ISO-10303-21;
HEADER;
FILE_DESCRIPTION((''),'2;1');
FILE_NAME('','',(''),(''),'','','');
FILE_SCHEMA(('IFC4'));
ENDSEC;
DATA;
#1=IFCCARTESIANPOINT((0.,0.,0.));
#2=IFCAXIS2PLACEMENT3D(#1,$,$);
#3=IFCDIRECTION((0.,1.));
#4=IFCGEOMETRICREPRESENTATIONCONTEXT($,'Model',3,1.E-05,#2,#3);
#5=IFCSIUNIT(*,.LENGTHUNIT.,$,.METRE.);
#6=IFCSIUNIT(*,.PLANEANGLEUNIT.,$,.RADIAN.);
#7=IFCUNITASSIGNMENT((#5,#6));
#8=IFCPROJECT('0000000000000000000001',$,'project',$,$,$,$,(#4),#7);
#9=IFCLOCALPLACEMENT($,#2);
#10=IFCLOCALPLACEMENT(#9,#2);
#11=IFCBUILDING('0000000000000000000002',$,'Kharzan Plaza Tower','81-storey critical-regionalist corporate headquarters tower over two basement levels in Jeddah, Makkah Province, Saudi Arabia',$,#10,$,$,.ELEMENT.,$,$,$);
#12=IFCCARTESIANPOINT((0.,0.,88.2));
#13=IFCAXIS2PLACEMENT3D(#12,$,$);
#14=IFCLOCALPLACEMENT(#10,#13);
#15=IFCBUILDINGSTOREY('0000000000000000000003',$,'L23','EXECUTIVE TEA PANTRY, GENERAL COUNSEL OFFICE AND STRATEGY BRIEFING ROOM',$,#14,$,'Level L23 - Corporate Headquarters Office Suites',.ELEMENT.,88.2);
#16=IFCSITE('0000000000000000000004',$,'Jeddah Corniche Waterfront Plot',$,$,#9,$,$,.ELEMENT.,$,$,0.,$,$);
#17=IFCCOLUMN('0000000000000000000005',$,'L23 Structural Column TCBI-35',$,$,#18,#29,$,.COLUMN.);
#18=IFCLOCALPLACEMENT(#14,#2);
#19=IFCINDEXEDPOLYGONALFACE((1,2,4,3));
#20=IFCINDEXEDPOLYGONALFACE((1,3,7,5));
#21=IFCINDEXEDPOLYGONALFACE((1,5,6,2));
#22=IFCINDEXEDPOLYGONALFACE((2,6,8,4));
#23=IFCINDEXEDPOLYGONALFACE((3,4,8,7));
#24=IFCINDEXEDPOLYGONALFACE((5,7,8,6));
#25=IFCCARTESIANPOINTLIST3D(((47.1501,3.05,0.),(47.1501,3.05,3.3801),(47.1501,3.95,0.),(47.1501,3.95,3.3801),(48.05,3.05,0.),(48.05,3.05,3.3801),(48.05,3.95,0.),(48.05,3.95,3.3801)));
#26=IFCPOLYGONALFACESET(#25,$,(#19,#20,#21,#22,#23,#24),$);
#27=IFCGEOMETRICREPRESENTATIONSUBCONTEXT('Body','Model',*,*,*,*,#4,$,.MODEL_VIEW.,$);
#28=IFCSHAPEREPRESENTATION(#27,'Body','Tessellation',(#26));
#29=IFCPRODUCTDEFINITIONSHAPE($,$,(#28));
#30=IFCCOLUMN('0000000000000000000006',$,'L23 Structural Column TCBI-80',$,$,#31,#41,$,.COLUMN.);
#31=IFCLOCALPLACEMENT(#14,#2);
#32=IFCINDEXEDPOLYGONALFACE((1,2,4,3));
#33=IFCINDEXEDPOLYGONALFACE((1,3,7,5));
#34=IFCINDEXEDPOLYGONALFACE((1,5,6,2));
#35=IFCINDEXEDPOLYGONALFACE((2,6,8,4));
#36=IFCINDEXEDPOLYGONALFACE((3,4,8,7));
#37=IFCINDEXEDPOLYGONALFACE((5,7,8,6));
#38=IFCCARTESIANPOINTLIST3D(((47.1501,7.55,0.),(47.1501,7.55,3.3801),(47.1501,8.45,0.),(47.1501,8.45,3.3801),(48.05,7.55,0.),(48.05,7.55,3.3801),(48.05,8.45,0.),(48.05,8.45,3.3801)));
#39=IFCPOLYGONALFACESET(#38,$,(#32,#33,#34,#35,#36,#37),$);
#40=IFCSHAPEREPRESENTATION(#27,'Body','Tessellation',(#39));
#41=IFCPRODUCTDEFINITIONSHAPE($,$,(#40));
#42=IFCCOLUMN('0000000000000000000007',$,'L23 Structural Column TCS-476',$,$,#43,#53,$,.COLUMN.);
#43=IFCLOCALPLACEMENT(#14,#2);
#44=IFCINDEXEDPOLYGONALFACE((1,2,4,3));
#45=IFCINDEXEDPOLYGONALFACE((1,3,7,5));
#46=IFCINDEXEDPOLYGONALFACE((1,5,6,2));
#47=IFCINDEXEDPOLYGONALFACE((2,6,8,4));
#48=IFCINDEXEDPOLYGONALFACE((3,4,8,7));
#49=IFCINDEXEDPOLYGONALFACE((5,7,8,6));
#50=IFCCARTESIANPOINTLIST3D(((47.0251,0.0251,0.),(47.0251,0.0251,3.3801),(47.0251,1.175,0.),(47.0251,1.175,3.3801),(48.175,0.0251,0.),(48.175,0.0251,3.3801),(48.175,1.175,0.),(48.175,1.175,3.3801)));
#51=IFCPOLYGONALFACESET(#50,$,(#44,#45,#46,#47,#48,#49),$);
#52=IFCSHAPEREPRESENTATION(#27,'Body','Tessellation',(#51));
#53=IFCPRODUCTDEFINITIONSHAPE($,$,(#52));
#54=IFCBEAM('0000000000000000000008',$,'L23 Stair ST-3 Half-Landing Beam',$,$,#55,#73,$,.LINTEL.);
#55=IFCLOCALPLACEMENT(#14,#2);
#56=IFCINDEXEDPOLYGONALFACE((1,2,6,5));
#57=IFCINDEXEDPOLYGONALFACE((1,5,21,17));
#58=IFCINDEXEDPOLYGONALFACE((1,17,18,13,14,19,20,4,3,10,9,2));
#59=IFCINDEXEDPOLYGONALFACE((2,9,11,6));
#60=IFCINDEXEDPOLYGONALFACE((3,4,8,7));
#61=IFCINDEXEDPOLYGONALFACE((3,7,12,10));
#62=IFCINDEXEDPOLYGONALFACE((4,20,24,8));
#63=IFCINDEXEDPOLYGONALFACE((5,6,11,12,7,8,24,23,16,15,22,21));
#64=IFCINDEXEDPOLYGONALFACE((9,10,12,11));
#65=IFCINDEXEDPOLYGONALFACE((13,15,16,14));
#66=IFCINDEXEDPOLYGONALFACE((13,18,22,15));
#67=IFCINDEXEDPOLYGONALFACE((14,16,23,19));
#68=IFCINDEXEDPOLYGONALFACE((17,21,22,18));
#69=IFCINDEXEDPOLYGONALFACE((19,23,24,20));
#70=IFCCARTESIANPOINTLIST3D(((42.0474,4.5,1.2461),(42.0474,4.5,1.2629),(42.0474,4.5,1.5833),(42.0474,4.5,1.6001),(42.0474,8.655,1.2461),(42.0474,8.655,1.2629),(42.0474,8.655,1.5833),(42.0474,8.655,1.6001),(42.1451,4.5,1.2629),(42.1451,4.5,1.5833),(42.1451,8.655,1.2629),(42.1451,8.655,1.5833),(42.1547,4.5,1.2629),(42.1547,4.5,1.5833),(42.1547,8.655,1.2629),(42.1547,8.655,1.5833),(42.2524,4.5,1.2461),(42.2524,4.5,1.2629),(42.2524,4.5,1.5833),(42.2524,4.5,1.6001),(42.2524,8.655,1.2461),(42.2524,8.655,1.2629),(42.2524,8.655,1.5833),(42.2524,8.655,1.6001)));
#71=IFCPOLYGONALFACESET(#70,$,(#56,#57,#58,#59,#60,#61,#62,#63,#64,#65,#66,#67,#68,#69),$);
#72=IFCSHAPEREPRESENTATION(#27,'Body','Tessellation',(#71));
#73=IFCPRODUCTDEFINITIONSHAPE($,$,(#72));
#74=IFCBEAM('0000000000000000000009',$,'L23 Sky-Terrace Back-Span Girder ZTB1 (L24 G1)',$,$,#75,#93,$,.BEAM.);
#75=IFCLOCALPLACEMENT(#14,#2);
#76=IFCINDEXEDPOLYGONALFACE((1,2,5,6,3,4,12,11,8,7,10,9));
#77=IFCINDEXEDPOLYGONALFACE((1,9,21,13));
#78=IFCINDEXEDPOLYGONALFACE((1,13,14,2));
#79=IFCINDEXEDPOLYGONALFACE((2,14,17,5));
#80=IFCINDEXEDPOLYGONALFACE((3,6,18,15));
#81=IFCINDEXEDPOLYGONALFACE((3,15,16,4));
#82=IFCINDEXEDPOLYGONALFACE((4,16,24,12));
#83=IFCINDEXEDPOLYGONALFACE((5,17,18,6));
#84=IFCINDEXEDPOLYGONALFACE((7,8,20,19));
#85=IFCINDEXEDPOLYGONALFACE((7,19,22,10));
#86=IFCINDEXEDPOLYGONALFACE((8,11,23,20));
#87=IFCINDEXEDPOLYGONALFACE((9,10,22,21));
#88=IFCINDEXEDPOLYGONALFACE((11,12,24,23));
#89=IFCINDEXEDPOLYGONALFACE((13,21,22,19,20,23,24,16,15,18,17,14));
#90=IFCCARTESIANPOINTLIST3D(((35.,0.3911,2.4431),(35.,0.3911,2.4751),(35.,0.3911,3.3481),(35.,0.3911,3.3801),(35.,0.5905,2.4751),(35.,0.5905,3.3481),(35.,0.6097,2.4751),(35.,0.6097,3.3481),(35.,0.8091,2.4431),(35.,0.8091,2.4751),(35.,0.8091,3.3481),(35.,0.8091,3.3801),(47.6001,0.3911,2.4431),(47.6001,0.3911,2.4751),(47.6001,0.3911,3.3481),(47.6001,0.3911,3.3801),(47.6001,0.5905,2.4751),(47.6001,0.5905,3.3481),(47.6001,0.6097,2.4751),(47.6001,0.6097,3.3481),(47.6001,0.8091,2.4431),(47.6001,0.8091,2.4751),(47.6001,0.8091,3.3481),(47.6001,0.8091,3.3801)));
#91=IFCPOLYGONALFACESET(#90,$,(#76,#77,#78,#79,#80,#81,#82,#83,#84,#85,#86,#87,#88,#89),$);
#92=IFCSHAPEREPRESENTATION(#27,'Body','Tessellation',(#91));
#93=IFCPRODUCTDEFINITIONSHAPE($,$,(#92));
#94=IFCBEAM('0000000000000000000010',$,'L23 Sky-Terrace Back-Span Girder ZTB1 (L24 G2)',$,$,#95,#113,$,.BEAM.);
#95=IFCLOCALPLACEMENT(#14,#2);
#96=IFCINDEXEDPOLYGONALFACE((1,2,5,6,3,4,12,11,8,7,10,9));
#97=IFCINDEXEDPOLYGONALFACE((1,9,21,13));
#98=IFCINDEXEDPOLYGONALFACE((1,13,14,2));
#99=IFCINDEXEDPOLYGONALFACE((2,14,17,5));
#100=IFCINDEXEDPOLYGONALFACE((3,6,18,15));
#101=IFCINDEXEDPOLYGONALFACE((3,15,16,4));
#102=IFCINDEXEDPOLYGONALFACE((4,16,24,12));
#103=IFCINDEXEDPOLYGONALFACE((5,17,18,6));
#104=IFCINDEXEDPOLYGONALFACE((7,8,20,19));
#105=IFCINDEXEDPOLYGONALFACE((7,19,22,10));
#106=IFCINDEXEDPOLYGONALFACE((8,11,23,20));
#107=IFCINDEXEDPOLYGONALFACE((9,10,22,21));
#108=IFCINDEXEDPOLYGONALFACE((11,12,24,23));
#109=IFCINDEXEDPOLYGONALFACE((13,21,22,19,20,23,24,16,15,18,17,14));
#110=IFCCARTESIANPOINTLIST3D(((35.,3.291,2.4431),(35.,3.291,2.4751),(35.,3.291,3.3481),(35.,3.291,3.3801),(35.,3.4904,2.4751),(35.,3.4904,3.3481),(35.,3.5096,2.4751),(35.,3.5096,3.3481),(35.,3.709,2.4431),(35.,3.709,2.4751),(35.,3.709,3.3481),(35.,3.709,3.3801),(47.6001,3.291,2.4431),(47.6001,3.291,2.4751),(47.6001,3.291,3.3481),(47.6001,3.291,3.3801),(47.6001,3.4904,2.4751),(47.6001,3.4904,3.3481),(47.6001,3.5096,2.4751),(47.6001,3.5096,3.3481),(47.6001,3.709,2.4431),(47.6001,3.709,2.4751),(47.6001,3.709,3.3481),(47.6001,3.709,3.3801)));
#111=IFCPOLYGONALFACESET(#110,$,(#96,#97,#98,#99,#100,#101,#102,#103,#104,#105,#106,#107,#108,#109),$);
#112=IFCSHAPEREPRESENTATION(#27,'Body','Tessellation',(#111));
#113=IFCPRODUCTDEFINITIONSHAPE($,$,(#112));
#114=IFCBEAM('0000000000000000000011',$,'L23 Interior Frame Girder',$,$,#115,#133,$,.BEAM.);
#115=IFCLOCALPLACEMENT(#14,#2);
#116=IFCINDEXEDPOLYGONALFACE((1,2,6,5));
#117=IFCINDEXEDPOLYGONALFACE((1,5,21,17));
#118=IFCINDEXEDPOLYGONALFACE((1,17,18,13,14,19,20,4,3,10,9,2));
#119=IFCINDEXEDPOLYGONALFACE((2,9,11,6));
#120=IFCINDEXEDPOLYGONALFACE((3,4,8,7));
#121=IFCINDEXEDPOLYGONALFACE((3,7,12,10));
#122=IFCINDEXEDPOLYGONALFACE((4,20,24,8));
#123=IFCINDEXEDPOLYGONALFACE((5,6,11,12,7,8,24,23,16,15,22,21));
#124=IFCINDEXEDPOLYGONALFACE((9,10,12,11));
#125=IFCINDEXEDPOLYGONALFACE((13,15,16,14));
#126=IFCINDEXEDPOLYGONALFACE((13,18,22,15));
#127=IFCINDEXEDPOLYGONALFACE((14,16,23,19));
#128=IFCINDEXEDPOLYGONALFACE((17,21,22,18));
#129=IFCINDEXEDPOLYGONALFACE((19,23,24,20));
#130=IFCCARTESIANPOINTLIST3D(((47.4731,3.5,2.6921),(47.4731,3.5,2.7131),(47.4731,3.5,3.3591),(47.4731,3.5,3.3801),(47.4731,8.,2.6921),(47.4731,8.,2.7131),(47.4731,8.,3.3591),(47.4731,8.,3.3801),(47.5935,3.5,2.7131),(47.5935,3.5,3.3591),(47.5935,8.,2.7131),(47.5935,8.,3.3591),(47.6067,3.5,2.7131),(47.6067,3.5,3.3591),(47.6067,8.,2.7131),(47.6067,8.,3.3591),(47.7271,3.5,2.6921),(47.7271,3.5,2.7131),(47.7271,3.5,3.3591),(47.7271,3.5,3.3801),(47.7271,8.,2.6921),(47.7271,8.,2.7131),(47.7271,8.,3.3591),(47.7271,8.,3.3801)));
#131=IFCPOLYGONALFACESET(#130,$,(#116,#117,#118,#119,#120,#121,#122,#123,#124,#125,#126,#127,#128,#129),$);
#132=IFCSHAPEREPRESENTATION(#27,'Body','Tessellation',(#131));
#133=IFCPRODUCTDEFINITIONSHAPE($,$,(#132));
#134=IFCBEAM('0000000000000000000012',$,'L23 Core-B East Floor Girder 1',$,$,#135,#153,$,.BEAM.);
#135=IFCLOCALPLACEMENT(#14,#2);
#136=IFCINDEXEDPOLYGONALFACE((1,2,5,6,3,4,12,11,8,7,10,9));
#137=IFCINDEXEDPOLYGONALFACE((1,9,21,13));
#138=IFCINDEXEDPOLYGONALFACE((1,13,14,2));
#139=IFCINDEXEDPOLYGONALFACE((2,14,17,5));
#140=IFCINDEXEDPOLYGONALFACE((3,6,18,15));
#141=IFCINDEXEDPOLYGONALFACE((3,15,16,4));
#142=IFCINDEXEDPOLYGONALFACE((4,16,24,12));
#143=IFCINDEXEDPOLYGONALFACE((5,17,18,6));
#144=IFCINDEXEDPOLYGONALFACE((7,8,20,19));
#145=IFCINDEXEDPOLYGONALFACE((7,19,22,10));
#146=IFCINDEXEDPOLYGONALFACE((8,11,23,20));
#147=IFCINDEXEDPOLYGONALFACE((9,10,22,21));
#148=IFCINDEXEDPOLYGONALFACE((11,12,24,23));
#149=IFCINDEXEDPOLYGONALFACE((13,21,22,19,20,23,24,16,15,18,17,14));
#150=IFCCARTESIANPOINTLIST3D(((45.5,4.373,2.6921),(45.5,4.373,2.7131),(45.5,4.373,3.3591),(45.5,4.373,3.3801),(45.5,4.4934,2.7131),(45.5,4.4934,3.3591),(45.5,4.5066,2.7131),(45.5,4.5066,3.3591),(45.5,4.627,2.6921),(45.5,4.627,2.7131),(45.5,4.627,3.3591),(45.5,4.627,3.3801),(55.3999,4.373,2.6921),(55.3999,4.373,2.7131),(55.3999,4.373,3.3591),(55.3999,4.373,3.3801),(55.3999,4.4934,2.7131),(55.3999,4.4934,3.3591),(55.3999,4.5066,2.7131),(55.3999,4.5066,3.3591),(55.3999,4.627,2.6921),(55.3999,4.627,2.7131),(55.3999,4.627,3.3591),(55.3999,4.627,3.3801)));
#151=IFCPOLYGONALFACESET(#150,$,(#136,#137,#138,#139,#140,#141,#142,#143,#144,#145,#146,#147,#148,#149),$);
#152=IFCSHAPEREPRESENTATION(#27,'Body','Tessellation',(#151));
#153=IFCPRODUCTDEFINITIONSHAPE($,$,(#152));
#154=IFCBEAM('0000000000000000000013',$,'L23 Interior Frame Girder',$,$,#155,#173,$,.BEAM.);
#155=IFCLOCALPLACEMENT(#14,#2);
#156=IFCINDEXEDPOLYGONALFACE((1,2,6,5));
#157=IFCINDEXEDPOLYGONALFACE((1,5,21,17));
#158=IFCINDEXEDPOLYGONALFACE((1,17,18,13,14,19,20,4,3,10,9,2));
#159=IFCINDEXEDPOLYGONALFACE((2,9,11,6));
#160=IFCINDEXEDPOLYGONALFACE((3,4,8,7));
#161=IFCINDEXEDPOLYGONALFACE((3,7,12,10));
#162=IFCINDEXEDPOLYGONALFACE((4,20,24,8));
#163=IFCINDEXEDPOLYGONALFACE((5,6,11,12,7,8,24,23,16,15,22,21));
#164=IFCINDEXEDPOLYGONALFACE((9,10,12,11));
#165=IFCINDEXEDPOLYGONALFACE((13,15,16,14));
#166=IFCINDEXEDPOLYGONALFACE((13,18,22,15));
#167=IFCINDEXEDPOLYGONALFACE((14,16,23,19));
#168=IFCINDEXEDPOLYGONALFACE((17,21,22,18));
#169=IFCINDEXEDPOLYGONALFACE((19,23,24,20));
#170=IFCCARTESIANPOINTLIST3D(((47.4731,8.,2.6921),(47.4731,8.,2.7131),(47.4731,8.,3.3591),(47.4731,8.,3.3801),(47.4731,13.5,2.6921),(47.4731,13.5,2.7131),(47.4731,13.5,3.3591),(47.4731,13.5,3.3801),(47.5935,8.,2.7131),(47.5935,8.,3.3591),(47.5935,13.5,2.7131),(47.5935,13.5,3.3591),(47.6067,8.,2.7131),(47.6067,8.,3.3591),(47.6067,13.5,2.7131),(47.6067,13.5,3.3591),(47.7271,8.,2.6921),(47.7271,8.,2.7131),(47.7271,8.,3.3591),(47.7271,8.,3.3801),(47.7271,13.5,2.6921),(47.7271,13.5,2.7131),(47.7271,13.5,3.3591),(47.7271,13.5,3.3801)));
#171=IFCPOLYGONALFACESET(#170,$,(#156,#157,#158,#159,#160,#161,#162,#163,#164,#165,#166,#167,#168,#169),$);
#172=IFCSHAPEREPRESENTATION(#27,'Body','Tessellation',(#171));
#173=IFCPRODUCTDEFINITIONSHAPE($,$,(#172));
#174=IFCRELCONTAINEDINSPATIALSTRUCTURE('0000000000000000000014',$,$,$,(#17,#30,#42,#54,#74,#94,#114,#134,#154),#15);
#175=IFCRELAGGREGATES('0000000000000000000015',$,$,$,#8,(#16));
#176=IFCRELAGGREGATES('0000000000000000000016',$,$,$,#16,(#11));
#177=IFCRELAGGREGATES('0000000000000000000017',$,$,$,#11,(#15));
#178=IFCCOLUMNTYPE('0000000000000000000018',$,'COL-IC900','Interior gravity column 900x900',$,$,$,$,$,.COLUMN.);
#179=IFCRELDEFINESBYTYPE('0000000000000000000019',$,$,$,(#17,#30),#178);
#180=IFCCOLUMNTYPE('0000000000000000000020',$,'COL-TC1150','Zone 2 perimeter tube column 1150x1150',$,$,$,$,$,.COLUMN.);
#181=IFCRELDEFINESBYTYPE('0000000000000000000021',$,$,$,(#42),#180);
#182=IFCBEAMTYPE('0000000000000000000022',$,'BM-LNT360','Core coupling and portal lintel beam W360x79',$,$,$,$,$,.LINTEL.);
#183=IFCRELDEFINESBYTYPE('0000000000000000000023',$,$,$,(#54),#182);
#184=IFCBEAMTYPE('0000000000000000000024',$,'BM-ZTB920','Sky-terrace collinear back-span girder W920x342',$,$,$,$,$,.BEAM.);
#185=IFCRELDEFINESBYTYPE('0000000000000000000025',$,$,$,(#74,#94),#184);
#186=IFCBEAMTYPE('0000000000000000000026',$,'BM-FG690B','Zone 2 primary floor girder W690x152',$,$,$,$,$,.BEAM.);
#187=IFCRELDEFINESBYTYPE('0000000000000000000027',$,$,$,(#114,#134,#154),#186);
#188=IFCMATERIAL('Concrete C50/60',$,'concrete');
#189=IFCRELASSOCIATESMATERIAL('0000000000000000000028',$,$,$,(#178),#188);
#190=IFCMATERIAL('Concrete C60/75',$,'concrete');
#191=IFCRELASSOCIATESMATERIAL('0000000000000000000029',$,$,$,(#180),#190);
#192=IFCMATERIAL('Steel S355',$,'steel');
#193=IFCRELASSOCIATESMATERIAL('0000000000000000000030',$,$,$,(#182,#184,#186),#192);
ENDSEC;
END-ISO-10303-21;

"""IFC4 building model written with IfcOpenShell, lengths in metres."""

from ifc_helpers import new_model, si_unit, direction, frame, origin, origin_2d, place, context, subcontext, project, spatial, rectangle, i_section, extrude, source, transform, mapped, material, material_profile, profile_set, type_object, element, save


model = new_model("IFC4")

# Units and contexts
model_context = context("Model", 3, precision=1e-05, world=origin(), true_north=direction((0.0, 1.0)))
body_context = subcontext(model_context, "Body", "Model", "MODEL_VIEW")
ifc_project = project(units=[si_unit("LENGTHUNIT", "METRE"), si_unit("PLANEANGLEUNIT", "RADIAN")], contexts=[model_context])

# Site, building, storey
site_placement = place(None, origin())
site = spatial("IfcSite", under=ifc_project, at=site_placement, Name="Jeddah Corniche Waterfront Plot", CompositionType="ELEMENT", RefElevation=0.0)
building_placement = place(site_placement, origin())
building = spatial("IfcBuilding", under=site, at=building_placement, Name="Kharzan Plaza Tower", Description="81-storey critical-regionalist corporate headquarters tower over two basement levels in Jeddah, Makkah Province, Saudi Arabia", CompositionType="ELEMENT")
storey_placement = place(building_placement, frame((0.0, 0.0, 88.2)))
storey = spatial("IfcBuildingStorey", under=building, at=storey_placement, Name="L23", Description="EXECUTIVE TEA PANTRY, GENERAL COUNSEL OFFICE AND STRATEGY BRIEFING ROOM", LongName="Level L23 - Corporate Headquarters Office Suites", CompositionType="ELEMENT", Elevation=88.2)

# Columns
ifc_material_1 = material(Name="Concrete C50/60", Category="concrete")
ifc_material_profile_1 = material_profile(ifc_material_1, rectangle(XDim=0.8999, YDim=0.8999, at=origin_2d()), Name="RC-IC900x900")
ifc_profile_set_1 = profile_set([ifc_material_profile_1], Name="Concrete C50/60")
column_type_1 = type_object("IfcColumnType", Name="COL-IC900", Description="Interior gravity column 900x900", PredefinedType="COLUMN", material=ifc_profile_set_1)
shared_shape_1 = source(origin(), body_context, "Body", "SweptSolid", [
    extrude(rectangle(XDim=0.8999, YDim=0.8999, at=origin_2d()), origin(), (0.0, 0.0, 1.0), 3.3801),
])
for number, where, z_axis, x_axis, name in (
    (1, (47.6001, 3.5, 0.0), (0.0, 0.0, 1.0), (1.0, 0.0, 0.0), "L23 Structural Column TCBI-35"),
    (2, (47.6001, 8.0, 0.0), (0.0, 0.0, 1.0), (1.0, 0.0, 0.0), "L23 Structural Column TCBI-80"),
):
    element("IfcColumn", number, at=place(storey_placement, frame(where, z_axis=z_axis, x_axis=x_axis)), inside=storey, type_object=column_type_1, Name=name, PredefinedType="COLUMN", context=body_context, shape_type="MappedRepresentation", body=[
        mapped(shared_shape_1, transform((0.0, 0.0, 0.0), x_axis=(1.0, 0.0, 0.0), y_axis=(0.0, 1.0, 0.0), z_axis=(0.0, 0.0, 1.0))),
    ])
ifc_material_2 = material(Name="Concrete C60/75", Category="concrete")
ifc_material_profile_2 = material_profile(ifc_material_2, rectangle(XDim=1.1499, YDim=1.1499, at=origin_2d()), Name="RC-TC1150x1150")
ifc_profile_set_2 = profile_set([ifc_material_profile_2], Name="Concrete C60/75")
column_type_2 = type_object("IfcColumnType", Name="COL-TC1150", Description="Zone 2 perimeter tube column 1150x1150", PredefinedType="COLUMN", material=ifc_profile_set_2)
shared_shape_2 = source(origin(), body_context, "Body", "SweptSolid", [
    extrude(rectangle(XDim=1.1499, YDim=1.1499, at=origin_2d()), origin(), (0.0, 0.0, 1.0), 3.3801),
])
column_placement = place(storey_placement, frame((47.6001, 0.6001, 0.0), z_axis=(0.0, 0.0, 1.0), x_axis=(1.0, 0.0, 0.0)))
element("IfcColumn", 3, at=column_placement, inside=storey, type_object=column_type_2, Name="L23 Structural Column TCS-476", PredefinedType="COLUMN", context=body_context, shape_type="MappedRepresentation", body=[
    mapped(shared_shape_2, transform((0.0, 0.0, 0.0), x_axis=(1.0, 0.0, 0.0), y_axis=(0.0, 1.0, 0.0), z_axis=(0.0, 0.0, 1.0))),
])

# Beams
ifc_material_3 = material(Name="Steel S355", Category="steel")
ifc_material_profile_3 = material_profile(ifc_material_3, i_section(OverallWidth=0.2051, OverallDepth=0.354, WebThickness=0.0095, FlangeThickness=0.0168, at=origin_2d()), Name="W360x79")
ifc_profile_set_3 = profile_set([ifc_material_profile_3], Name="Steel S355")
beam_type_1 = type_object("IfcBeamType", Name="BM-LNT360", Description="Core coupling and portal lintel beam W360x79", PredefinedType="LINTEL", material=ifc_profile_set_3)
shared_shape_3 = source(origin(), body_context, "Body", "SweptSolid", [
    extrude(i_section(OverallWidth=0.2051, OverallDepth=0.354, WebThickness=0.0095, FlangeThickness=0.0168, at=origin_2d()), origin(), (0.0, 0.0, 1.0), 4.155),
])
beam_1_placement = place(storey_placement, frame((42.1499, 4.5, 1.4231), z_axis=(0.0, 1.0, 0.0), x_axis=(-1.0, 0.0, 0.0)))
element("IfcBeam", 4, at=beam_1_placement, inside=storey, type_object=beam_type_1, Name="L23 Stair ST-3 Half-Landing Beam", PredefinedType="LINTEL", context=body_context, shape_type="MappedRepresentation", body=[
    mapped(shared_shape_3, transform((0.0, 0.0, 0.0), x_axis=(1.0, 0.0, 0.0), y_axis=(0.0, 1.0, 0.0), z_axis=(0.0, 0.0, 1.0))),
])
ifc_material_profile_4 = material_profile(ifc_material_3, i_section(OverallWidth=0.418, OverallDepth=0.937, WebThickness=0.0193, FlangeThickness=0.032, at=origin_2d()), Name="W920x342")
ifc_profile_set_4 = profile_set([ifc_material_profile_4], Name="Steel S355")
beam_type_2 = type_object("IfcBeamType", Name="BM-ZTB920", Description="Sky-terrace collinear back-span girder W920x342", PredefinedType="BEAM", material=ifc_profile_set_4)
shared_shape_4 = source(origin(), body_context, "Body", "SweptSolid", [
    extrude(i_section(OverallWidth=0.418, OverallDepth=0.937, WebThickness=0.0193, FlangeThickness=0.032, at=origin_2d()), origin(), (0.0, 0.0, 1.0), 12.6001),
])
for number, where, z_axis, x_axis, name in (
    (5, (47.6001, 0.6001, 2.9116), (-1.0, 0.0, 0.0), (0.0, -1.0, 0.0), "L23 Sky-Terrace Back-Span Girder ZTB1 (L24 G1)"),
    (6, (47.6001, 3.5, 2.9116), (-1.0, 0.0, 0.0), (0.0, -1.0, 0.0), "L23 Sky-Terrace Back-Span Girder ZTB1 (L24 G2)"),
):
    element("IfcBeam", number, at=place(storey_placement, frame(where, z_axis=z_axis, x_axis=x_axis)), inside=storey, type_object=beam_type_2, Name=name, PredefinedType="BEAM", context=body_context, shape_type="MappedRepresentation", body=[
        mapped(shared_shape_4, transform((0.0, 0.0, 0.0), x_axis=(1.0, 0.0, 0.0), y_axis=(0.0, 1.0, 0.0), z_axis=(0.0, 0.0, 1.0))),
    ])
ifc_material_profile_5 = material_profile(ifc_material_3, i_section(OverallWidth=0.2539, OverallDepth=0.688, WebThickness=0.0132, FlangeThickness=0.021, at=origin_2d()), Name="W690x152")
ifc_profile_set_5 = profile_set([ifc_material_profile_5], Name="Steel S355")
beam_type_3 = type_object("IfcBeamType", Name="BM-FG690B", Description="Zone 2 primary floor girder W690x152", PredefinedType="BEAM", material=ifc_profile_set_5)
shared_shape_5 = source(origin(), body_context, "Body", "SweptSolid", [
    extrude(i_section(OverallWidth=0.2539, OverallDepth=0.688, WebThickness=0.0132, FlangeThickness=0.021, at=origin_2d()), origin(), (0.0, 0.0, 1.0), 4.5),
])
beam_2_placement = place(storey_placement, frame((47.6001, 3.5, 3.0361), z_axis=(0.0, 1.0, 0.0), x_axis=(-1.0, 0.0, 0.0)))
element("IfcBeam", 7, at=beam_2_placement, inside=storey, type_object=beam_type_3, Name="L23 Interior Frame Girder", PredefinedType="BEAM", context=body_context, shape_type="MappedRepresentation", body=[
    mapped(shared_shape_5, transform((0.0, 0.0, 0.0), x_axis=(1.0, 0.0, 0.0), y_axis=(0.0, 1.0, 0.0), z_axis=(0.0, 0.0, 1.0))),
])
shared_shape_6 = source(origin(), body_context, "Body", "SweptSolid", [
    extrude(i_section(OverallWidth=0.2539, OverallDepth=0.688, WebThickness=0.0132, FlangeThickness=0.021, at=origin_2d()), origin(), (0.0, 0.0, 1.0), 9.8999),
])
beam_3_placement = place(storey_placement, frame((45.5, 4.5, 3.0361), z_axis=(1.0, 0.0, 0.0), x_axis=(0.0, 1.0, 0.0)))
element("IfcBeam", 8, at=beam_3_placement, inside=storey, type_object=beam_type_3, Name="L23 Core-B East Floor Girder 1", PredefinedType="BEAM", context=body_context, shape_type="MappedRepresentation", body=[
    mapped(shared_shape_6, transform((0.0, 0.0, 0.0), x_axis=(1.0, 0.0, 0.0), y_axis=(0.0, 1.0, 0.0), z_axis=(0.0, 0.0, 1.0))),
])
shared_shape_7 = source(origin(), body_context, "Body", "SweptSolid", [
    extrude(i_section(OverallWidth=0.2539, OverallDepth=0.688, WebThickness=0.0132, FlangeThickness=0.021, at=origin_2d()), origin(), (0.0, 0.0, 1.0), 5.5),
])
beam_4_placement = place(storey_placement, frame((47.6001, 8.0, 3.0361), z_axis=(0.0, 1.0, 0.0), x_axis=(-1.0, 0.0, 0.0)))
element("IfcBeam", 9, at=beam_4_placement, inside=storey, type_object=beam_type_3, Name="L23 Interior Frame Girder", PredefinedType="BEAM", context=body_context, shape_type="MappedRepresentation", body=[
    mapped(shared_shape_7, transform((0.0, 0.0, 0.0), x_axis=(1.0, 0.0, 0.0), y_axis=(0.0, 1.0, 0.0), z_axis=(0.0, 0.0, 1.0))),
])

save(model, "model.ifc")
